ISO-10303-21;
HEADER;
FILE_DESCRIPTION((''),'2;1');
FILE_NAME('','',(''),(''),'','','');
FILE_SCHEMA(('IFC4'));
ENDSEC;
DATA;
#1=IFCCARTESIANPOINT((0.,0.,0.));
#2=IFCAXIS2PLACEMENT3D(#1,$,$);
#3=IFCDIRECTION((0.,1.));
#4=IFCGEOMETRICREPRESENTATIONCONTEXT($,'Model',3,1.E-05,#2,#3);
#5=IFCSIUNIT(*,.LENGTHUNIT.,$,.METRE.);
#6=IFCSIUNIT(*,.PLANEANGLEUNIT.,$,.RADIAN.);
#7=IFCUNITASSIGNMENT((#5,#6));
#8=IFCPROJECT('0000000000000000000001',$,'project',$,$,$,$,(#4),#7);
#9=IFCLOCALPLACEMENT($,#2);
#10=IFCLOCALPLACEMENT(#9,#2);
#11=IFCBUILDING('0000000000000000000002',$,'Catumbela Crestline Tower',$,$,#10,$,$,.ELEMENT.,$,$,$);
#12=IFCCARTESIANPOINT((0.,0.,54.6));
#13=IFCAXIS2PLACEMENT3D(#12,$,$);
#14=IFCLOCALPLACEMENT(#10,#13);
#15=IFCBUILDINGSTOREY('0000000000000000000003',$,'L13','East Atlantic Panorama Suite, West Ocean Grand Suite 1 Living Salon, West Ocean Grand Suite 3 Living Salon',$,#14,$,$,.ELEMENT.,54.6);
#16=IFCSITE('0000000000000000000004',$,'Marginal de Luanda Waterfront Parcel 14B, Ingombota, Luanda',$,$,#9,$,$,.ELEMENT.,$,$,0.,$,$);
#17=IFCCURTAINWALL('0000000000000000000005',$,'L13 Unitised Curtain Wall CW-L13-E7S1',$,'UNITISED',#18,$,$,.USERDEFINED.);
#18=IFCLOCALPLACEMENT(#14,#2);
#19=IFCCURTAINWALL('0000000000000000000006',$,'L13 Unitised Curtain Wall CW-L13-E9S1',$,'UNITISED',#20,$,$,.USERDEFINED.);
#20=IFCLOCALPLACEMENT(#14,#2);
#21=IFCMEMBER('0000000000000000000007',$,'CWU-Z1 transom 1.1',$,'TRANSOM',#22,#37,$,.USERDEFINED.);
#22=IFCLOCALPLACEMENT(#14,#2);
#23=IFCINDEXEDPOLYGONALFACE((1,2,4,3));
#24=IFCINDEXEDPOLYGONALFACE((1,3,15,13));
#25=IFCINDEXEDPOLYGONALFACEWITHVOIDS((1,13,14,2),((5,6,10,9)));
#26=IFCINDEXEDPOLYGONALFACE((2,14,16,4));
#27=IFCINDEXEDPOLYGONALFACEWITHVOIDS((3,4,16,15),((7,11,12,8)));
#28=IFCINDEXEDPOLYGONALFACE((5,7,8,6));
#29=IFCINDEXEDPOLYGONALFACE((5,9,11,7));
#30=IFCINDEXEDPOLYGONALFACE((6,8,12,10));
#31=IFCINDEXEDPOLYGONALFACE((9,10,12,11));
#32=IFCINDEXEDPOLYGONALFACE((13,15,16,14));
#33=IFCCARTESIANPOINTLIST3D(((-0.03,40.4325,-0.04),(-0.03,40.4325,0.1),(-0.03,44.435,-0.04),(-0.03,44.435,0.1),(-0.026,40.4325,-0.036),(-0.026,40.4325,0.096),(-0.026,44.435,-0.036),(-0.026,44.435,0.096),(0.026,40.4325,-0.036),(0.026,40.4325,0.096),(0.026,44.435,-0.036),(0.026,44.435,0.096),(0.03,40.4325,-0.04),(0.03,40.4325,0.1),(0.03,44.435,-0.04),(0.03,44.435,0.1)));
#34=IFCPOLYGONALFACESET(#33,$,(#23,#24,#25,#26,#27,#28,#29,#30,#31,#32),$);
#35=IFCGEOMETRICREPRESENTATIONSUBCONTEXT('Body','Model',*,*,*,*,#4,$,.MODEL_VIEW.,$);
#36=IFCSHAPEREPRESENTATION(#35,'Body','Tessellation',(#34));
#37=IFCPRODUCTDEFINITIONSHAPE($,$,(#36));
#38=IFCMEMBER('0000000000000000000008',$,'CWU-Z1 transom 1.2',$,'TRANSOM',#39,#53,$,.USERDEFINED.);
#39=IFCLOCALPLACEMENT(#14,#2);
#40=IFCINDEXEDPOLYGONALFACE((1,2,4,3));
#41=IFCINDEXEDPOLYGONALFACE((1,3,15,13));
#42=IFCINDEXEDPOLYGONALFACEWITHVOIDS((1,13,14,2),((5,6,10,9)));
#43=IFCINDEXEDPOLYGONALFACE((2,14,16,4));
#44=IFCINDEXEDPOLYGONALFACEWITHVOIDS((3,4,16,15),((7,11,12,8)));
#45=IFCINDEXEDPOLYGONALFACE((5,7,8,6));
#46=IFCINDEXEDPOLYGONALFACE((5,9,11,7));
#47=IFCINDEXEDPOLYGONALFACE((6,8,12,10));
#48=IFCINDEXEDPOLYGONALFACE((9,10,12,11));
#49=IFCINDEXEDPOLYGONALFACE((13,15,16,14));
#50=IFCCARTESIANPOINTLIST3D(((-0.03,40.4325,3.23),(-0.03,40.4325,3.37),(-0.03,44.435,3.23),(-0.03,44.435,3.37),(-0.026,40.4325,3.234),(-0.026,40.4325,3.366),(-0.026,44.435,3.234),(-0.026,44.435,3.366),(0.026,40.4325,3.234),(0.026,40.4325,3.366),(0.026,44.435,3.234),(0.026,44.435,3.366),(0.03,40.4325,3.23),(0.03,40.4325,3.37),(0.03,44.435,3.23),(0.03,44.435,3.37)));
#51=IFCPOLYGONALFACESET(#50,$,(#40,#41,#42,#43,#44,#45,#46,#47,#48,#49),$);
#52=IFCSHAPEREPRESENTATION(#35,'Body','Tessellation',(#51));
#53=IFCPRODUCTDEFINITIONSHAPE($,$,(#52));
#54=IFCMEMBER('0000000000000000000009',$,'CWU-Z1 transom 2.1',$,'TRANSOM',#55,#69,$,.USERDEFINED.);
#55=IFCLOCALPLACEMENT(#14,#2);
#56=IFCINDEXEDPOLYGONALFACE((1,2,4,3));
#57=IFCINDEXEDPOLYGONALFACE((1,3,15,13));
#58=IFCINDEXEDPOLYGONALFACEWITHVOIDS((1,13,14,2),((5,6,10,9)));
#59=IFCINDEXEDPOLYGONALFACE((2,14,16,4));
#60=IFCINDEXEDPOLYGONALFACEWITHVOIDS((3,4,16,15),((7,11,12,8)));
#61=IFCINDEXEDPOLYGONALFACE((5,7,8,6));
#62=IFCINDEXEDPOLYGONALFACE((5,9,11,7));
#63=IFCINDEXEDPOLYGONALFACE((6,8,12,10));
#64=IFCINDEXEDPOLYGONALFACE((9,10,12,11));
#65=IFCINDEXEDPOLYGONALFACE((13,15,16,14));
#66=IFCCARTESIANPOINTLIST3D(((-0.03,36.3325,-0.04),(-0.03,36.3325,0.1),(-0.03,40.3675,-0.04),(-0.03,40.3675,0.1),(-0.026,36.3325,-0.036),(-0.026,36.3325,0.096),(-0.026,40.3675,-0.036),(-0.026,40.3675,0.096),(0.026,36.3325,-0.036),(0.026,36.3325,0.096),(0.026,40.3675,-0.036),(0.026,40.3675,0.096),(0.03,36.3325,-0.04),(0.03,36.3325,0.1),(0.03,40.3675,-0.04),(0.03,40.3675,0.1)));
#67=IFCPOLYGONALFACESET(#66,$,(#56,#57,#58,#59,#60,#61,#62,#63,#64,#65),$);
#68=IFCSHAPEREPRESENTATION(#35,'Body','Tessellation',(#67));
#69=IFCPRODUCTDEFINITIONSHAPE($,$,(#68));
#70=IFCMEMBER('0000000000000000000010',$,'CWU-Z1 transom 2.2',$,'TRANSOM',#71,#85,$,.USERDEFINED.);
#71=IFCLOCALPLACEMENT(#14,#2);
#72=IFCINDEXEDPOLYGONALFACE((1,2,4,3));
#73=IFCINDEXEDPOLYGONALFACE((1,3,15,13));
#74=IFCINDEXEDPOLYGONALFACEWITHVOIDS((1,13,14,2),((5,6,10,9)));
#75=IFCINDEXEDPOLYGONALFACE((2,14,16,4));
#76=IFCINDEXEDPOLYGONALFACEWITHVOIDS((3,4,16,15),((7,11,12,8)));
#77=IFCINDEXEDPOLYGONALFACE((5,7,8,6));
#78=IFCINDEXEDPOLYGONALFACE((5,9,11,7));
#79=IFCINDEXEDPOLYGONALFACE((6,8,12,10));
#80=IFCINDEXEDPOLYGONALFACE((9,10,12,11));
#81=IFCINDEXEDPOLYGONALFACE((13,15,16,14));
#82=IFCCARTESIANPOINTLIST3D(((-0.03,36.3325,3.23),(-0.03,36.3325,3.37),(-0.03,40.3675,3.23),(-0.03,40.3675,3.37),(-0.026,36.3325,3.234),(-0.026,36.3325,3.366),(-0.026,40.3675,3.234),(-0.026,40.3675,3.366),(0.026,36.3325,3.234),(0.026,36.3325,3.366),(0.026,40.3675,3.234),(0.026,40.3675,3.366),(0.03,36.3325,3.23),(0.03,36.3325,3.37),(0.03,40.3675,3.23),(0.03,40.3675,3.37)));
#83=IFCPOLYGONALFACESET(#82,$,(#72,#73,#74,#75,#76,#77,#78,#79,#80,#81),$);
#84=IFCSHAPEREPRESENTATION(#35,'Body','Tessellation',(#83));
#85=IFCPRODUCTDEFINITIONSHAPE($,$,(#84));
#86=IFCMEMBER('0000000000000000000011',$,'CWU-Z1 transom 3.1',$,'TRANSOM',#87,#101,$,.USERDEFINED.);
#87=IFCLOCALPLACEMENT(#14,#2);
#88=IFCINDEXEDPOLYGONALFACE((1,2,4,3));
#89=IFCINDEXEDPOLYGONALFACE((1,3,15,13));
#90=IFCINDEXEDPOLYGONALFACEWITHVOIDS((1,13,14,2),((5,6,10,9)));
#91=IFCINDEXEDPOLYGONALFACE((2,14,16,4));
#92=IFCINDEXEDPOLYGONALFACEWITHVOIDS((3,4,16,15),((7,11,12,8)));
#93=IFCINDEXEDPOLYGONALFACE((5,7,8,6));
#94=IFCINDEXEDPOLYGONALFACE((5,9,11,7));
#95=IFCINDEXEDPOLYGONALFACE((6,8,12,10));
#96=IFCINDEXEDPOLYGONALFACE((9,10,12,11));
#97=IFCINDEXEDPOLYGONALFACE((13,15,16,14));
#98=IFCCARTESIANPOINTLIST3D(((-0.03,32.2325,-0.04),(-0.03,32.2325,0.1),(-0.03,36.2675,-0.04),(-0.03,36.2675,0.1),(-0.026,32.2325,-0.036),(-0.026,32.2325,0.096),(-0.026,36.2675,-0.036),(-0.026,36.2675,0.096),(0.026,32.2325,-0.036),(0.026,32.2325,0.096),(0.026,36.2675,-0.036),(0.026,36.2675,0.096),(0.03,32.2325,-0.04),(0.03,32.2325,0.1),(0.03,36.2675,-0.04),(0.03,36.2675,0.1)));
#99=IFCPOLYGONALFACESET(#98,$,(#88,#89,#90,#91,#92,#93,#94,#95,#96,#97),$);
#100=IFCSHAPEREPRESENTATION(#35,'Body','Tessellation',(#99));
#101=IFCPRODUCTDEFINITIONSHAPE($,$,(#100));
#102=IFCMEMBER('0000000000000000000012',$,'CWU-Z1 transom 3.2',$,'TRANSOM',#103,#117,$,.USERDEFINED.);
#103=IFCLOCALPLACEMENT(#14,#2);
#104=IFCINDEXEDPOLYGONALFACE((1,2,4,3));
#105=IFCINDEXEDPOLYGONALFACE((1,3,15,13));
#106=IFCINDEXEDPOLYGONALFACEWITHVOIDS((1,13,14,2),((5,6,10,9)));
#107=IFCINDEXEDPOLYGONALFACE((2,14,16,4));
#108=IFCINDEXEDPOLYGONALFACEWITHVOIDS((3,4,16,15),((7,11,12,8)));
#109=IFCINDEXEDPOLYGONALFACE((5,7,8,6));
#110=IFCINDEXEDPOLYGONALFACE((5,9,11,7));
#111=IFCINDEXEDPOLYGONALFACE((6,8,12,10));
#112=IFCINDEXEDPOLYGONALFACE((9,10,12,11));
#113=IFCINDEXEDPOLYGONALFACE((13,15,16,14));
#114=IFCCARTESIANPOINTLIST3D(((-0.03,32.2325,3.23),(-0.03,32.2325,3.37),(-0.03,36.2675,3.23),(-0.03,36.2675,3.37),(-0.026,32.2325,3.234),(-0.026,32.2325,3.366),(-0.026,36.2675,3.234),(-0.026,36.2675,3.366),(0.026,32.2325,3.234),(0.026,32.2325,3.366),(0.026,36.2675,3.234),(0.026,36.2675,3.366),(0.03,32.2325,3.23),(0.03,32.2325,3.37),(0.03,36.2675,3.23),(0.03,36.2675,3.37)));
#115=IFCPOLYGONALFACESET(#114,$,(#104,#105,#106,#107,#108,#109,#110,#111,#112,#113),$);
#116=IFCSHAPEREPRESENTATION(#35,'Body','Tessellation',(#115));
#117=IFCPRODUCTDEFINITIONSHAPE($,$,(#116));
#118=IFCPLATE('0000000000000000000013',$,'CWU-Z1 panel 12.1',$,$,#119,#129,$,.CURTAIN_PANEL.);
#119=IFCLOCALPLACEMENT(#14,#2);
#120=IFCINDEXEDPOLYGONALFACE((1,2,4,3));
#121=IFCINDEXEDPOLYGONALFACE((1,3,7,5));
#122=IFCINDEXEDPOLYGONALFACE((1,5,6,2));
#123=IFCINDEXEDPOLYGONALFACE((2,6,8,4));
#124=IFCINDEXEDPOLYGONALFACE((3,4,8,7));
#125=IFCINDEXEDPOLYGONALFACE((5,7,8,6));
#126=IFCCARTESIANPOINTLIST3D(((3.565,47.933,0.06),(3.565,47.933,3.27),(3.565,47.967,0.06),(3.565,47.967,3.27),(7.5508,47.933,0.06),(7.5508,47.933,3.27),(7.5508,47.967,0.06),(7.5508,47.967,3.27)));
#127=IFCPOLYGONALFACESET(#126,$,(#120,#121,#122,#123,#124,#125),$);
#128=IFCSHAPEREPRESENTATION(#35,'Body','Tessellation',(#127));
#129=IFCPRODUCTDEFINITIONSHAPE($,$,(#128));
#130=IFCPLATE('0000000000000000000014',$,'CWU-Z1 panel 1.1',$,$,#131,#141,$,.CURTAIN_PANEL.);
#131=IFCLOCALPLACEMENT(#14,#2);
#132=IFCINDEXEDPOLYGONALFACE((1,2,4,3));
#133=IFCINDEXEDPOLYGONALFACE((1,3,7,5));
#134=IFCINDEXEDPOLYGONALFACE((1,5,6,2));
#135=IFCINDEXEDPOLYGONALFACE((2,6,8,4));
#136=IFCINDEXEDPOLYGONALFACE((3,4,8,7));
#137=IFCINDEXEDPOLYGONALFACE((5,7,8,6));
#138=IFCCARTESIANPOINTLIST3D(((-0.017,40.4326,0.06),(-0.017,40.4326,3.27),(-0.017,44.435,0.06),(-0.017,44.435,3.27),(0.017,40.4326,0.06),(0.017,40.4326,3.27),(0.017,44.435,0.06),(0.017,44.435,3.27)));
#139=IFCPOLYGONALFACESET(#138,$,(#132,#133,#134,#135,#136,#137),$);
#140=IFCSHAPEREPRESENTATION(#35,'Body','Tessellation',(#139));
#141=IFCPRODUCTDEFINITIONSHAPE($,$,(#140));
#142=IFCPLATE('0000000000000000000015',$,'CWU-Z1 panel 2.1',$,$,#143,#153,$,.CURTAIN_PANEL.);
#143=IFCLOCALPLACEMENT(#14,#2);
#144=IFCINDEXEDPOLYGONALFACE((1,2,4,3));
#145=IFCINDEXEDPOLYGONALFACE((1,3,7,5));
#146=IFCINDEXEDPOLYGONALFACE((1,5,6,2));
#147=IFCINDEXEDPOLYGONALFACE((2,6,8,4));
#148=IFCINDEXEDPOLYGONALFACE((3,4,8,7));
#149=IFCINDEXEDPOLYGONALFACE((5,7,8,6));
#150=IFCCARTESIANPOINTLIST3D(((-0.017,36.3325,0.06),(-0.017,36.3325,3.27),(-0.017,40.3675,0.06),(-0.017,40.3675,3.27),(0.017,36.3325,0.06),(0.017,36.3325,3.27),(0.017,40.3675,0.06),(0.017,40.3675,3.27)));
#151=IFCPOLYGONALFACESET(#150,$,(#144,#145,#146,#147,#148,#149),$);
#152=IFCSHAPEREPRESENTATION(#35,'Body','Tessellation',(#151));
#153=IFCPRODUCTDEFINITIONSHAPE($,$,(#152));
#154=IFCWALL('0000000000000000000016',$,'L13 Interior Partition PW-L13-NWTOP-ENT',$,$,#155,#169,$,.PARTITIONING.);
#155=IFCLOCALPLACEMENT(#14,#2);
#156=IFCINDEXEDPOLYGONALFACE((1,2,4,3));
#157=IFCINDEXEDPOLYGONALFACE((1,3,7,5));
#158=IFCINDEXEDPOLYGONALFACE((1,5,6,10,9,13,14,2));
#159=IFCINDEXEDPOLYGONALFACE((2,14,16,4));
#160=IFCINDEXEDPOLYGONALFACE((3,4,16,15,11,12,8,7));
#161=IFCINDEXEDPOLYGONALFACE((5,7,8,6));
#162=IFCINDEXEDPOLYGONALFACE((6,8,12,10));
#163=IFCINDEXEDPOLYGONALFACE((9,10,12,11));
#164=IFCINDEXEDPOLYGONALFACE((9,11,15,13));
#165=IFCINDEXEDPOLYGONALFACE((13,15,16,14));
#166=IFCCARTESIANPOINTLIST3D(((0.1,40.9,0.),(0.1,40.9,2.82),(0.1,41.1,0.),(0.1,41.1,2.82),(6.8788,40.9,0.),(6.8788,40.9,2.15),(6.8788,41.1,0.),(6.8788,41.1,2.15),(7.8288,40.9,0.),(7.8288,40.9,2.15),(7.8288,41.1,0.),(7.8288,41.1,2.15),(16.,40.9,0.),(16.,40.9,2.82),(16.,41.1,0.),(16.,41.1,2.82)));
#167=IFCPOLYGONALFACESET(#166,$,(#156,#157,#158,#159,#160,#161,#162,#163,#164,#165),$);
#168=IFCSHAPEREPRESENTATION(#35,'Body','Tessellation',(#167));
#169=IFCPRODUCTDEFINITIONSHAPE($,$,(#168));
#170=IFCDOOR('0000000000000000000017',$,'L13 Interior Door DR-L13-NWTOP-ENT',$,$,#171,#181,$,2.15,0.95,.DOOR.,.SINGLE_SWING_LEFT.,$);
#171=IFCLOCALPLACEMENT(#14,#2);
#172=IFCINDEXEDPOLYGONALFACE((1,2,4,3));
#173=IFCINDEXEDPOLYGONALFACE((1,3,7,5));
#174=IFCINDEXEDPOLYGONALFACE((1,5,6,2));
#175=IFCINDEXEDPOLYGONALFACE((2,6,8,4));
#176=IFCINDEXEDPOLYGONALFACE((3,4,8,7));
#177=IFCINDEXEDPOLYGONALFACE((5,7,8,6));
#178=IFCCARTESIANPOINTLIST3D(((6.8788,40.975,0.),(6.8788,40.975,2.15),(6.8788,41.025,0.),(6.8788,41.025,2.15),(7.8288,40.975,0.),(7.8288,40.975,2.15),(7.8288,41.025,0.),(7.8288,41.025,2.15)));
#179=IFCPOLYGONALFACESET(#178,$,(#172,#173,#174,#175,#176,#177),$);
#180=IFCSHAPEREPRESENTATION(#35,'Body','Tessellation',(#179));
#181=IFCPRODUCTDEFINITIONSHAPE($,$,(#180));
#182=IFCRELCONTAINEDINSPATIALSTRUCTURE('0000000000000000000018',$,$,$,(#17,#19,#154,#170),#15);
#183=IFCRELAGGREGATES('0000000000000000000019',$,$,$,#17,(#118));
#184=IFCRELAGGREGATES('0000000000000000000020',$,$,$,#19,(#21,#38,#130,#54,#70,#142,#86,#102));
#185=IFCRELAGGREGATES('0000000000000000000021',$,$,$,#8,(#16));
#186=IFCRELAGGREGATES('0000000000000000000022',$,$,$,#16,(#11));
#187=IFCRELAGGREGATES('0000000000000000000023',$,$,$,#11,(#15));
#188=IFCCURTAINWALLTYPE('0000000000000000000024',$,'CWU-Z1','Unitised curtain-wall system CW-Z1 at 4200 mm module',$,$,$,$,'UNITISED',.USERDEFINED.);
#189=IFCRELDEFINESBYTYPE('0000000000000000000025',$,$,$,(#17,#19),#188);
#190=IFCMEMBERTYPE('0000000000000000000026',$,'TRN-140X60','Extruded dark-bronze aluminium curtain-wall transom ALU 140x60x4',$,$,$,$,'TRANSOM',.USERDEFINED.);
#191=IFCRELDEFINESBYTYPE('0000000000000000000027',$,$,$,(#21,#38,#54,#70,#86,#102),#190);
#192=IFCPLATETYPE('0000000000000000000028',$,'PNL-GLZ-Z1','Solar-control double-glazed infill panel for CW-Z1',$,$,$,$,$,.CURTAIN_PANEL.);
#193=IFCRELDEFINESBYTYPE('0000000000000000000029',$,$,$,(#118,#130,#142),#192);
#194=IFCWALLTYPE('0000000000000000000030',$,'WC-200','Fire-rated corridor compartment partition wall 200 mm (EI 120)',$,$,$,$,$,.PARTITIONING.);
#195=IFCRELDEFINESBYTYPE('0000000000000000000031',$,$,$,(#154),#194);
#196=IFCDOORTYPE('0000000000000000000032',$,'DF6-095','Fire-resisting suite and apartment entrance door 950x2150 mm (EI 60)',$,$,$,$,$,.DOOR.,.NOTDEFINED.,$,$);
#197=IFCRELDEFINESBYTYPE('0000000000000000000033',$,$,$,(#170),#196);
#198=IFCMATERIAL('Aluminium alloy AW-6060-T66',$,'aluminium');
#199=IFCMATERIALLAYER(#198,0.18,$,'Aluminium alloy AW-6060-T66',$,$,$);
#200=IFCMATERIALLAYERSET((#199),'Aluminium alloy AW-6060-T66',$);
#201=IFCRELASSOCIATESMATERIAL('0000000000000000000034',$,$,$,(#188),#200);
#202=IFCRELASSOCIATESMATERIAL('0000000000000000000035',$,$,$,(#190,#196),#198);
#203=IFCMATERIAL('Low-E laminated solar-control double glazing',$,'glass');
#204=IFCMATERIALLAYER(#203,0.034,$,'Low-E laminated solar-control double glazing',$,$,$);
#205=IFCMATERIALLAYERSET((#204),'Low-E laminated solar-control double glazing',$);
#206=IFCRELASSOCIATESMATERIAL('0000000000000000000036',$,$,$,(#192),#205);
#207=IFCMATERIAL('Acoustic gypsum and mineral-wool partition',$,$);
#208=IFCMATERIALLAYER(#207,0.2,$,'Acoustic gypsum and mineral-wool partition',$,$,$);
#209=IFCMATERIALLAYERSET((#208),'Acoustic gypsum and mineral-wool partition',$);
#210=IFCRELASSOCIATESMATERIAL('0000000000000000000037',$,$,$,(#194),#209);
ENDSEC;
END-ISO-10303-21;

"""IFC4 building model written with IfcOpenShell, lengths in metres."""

from ifc_helpers import new_model, si_unit, direction, frame, frame_2d, origin, origin_2d, place, context, subcontext, project, spatial, rectangle, hollow_rectangle, extrude, material, layer, layer_set, material_profile, profile_set, type_object, element, fill, aggregate, save


model = new_model("IFC4")

# Units and contexts
model_context = context("Model", 3, precision=1e-05, world=origin(), true_north=direction((0.0, 1.0)))
body_context = subcontext(model_context, "Body", "Model", "MODEL_VIEW")
ifc_project = project(units=[si_unit("LENGTHUNIT", "METRE"), si_unit("PLANEANGLEUNIT", "RADIAN")], contexts=[model_context])

# Site, building, storey
site_placement = place(None, origin())
site = spatial("IfcSite", under=ifc_project, at=site_placement, Name="Marginal de Luanda Waterfront Parcel 14B, Ingombota, Luanda", CompositionType="ELEMENT", RefElevation=0.0)
building_placement = place(site_placement, origin())
building = spatial("IfcBuilding", under=site, at=building_placement, Name="Catumbela Crestline Tower", CompositionType="ELEMENT")
storey_placement = place(building_placement, frame((0.0, 0.0, 54.6)))
storey = spatial("IfcBuildingStorey", under=building, at=storey_placement, Name="L13", Description="East Atlantic Panorama Suite, West Ocean Grand Suite 1 Living Salon, West Ocean Grand Suite 3 Living Salon", CompositionType="ELEMENT", Elevation=54.6)

# Curtain walls
ifc_material_1 = material(Name="Aluminium alloy AW-6060-T66", Category="aluminium")
ifc_layer_1 = layer(ifc_material_1, 0.18, Name="Aluminium alloy AW-6060-T66")
ifc_layer_set_1 = layer_set([ifc_layer_1], Name="Aluminium alloy AW-6060-T66")
curtain_wall_type = type_object("IfcCurtainWallType", Name="CWU-Z1", Description="Unitised curtain-wall system CW-Z1 at 4200 mm module", ElementType="UNITISED", PredefinedType="USERDEFINED", material=ifc_layer_set_1)
curtain_wall_1_placement = place(storey_placement, origin())
curtain_wall_1 = element("IfcCurtainWall", 1, at=curtain_wall_1_placement, inside=storey, type_object=curtain_wall_type, Name="L13 Unitised Curtain Wall CW-L13-E7S1", ObjectType="UNITISED", PredefinedType="USERDEFINED")
curtain_wall_2_placement = place(storey_placement, origin())
curtain_wall_2 = element("IfcCurtainWall", 2, at=curtain_wall_2_placement, inside=storey, type_object=curtain_wall_type, Name="L13 Unitised Curtain Wall CW-L13-E9S1", ObjectType="UNITISED", PredefinedType="USERDEFINED")

# Members
ifc_material_profile_1 = material_profile(ifc_material_1, hollow_rectangle(XDim=0.06, YDim=0.14, WallThickness=0.004, at=origin_2d()), Name="ALU 140x60x4")
ifc_profile_set_1 = profile_set([ifc_material_profile_1], Name="Aluminium alloy AW-6060-T66")
member_type_1 = type_object("IfcMemberType", Name="TRN-140X60", Description="Extruded dark-bronze aluminium curtain-wall transom ALU 140x60x4", ElementType="TRANSOM", PredefinedType="USERDEFINED", material=ifc_profile_set_1)
member_1_placement = place(storey_placement, frame((0.0, 44.435, 0.03), z_axis=(0.0, -1.0, 0.0), x_axis=(1.0, 0.0, 0.0)))
member_1 = element("IfcMember", 3, at=member_1_placement, type_object=member_type_1, Name="CWU-Z1 transom 1.1", ObjectType="TRANSOM", PredefinedType="USERDEFINED", context=body_context, shape_type="SweptSolid", body=[
    extrude(hollow_rectangle(XDim=0.06, YDim=0.14, WallThickness=0.004, at=origin_2d()), origin(), (0.0, 0.0, 1.0), 4.0025),
])
member_2_placement = place(storey_placement, frame((0.0, 44.435, 3.3), z_axis=(0.0, -1.0, 0.0), x_axis=(1.0, 0.0, 0.0)))
member_2 = element("IfcMember", 4, at=member_2_placement, type_object=member_type_1, Name="CWU-Z1 transom 1.2", ObjectType="TRANSOM", PredefinedType="USERDEFINED", context=body_context, shape_type="SweptSolid", body=[
    extrude(hollow_rectangle(XDim=0.06, YDim=0.14, WallThickness=0.004, at=origin_2d()), origin(), (0.0, 0.0, 1.0), 4.0025),
])
member_3_placement = place(storey_placement, frame((0.0, 40.3675, 0.03), z_axis=(0.0, -1.0, 0.0), x_axis=(1.0, 0.0, 0.0)))
member_3 = element("IfcMember", 5, at=member_3_placement, type_object=member_type_1, Name="CWU-Z1 transom 2.1", ObjectType="TRANSOM", PredefinedType="USERDEFINED", context=body_context, shape_type="SweptSolid", body=[
    extrude(hollow_rectangle(XDim=0.06, YDim=0.14, WallThickness=0.004, at=origin_2d()), origin(), (0.0, 0.0, 1.0), 4.035),
])
member_4_placement = place(storey_placement, frame((0.0, 40.3675, 3.3), z_axis=(0.0, -1.0, 0.0), x_axis=(1.0, 0.0, 0.0)))
member_4 = element("IfcMember", 6, at=member_4_placement, type_object=member_type_1, Name="CWU-Z1 transom 2.2", ObjectType="TRANSOM", PredefinedType="USERDEFINED", context=body_context, shape_type="SweptSolid", body=[
    extrude(hollow_rectangle(XDim=0.06, YDim=0.14, WallThickness=0.004, at=origin_2d()), origin(), (0.0, 0.0, 1.0), 4.035),
])
member_5_placement = place(storey_placement, frame((0.0, 36.2675, 0.03), z_axis=(0.0, -1.0, 0.0), x_axis=(1.0, 0.0, 0.0)))
member_5 = element("IfcMember", 7, at=member_5_placement, type_object=member_type_1, Name="CWU-Z1 transom 3.1", ObjectType="TRANSOM", PredefinedType="USERDEFINED", context=body_context, shape_type="SweptSolid", body=[
    extrude(hollow_rectangle(XDim=0.06, YDim=0.14, WallThickness=0.004, at=origin_2d()), origin(), (0.0, 0.0, 1.0), 4.035),
])
member_6_placement = place(storey_placement, frame((0.0, 36.2675, 3.3), z_axis=(0.0, -1.0, 0.0), x_axis=(1.0, 0.0, 0.0)))
member_6 = element("IfcMember", 8, at=member_6_placement, type_object=member_type_1, Name="CWU-Z1 transom 3.2", ObjectType="TRANSOM", PredefinedType="USERDEFINED", context=body_context, shape_type="SweptSolid", body=[
    extrude(hollow_rectangle(XDim=0.06, YDim=0.14, WallThickness=0.004, at=origin_2d()), origin(), (0.0, 0.0, 1.0), 4.035),
])

# Plates
ifc_material_2 = material(Name="Low-E laminated solar-control double glazing", Category="glass")
ifc_layer_2 = layer(ifc_material_2, 0.034, Name="Low-E laminated solar-control double glazing")
ifc_layer_set_2 = layer_set([ifc_layer_2], Name="Low-E laminated solar-control double glazing")
plate_type = type_object("IfcPlateType", Name="PNL-GLZ-Z1", Description="Solar-control double-glazed infill panel for CW-Z1", PredefinedType="CURTAIN_PANEL", material=ifc_layer_set_2)
plate_1_placement = place(storey_placement, frame((5.5579, 47.95, 0.06), z_axis=(0.0, 0.0, 1.0), x_axis=(-1.0, 0.0, 0.0)))
plate_1 = element("IfcPlate", 9, at=plate_1_placement, type_object=plate_type, Name="CWU-Z1 panel 12.1", PredefinedType="CURTAIN_PANEL", context=body_context, shape_type="SweptSolid", body=[
    extrude(rectangle(XDim=3.9858, YDim=0.034, at=origin_2d()), origin(), (0.0, 0.0, 1.0), 3.21),
])
aggregate(curtain_wall_1, [plate_1])
plate_2_placement = place(storey_placement, frame((0.0, 42.4338, 0.06), z_axis=(0.0, 0.0, 1.0), x_axis=(0.0, -1.0, 0.0)))
plate_2 = element("IfcPlate", 10, at=plate_2_placement, type_object=plate_type, Name="CWU-Z1 panel 1.1", PredefinedType="CURTAIN_PANEL", context=body_context, shape_type="SweptSolid", body=[
    extrude(rectangle(XDim=4.0025, YDim=0.034, at=origin_2d()), origin(), (0.0, 0.0, 1.0), 3.21),
])
plate_3_placement = place(storey_placement, frame((0.0, 38.35, 0.06), z_axis=(0.0, 0.0, 1.0), x_axis=(0.0, -1.0, 0.0)))
plate_3 = element("IfcPlate", 11, at=plate_3_placement, type_object=plate_type, Name="CWU-Z1 panel 2.1", PredefinedType="CURTAIN_PANEL", context=body_context, shape_type="SweptSolid", body=[
    extrude(rectangle(XDim=4.035, YDim=0.034, at=origin_2d()), origin(), (0.0, 0.0, 1.0), 3.21),
])
aggregate(curtain_wall_2, [member_1, member_2, plate_2, member_3, member_4, plate_3, member_5, member_6])

# Wall, opening, door
ifc_material_3 = material(Name="Acoustic gypsum and mineral-wool partition")
ifc_layer_3 = layer(ifc_material_3, 0.2, Name="Acoustic gypsum and mineral-wool partition")
ifc_layer_set_3 = layer_set([ifc_layer_3], Name="Acoustic gypsum and mineral-wool partition")
wall_type_1 = type_object("IfcWallType", Name="WC-200", Description="Fire-rated corridor compartment partition wall 200 mm (EI 120)", PredefinedType="PARTITIONING", material=ifc_layer_set_3)
wall_1_placement = place(storey_placement, frame((0.1, 41.0, 0.0), z_axis=(0.0, 0.0, 1.0), x_axis=(1.0, 0.0, 0.0)))
wall_1 = element("IfcWall", 12, at=wall_1_placement, inside=storey, type_object=wall_type_1, Name="L13 Interior Partition PW-L13-NWTOP-ENT", PredefinedType="PARTITIONING", context=body_context, shape_type="SweptSolid", body=[
    extrude(rectangle(XDim=15.9, YDim=0.2, at=frame_2d((7.95, 0.0))), origin(), (0.0, 0.0, 1.0), 2.82),
])
opening_1_placement = place(wall_1_placement, frame((6.7788, 0.0, 0.0)))
opening_1 = element("IfcOpeningElement", 13, at=opening_1_placement, cuts=wall_1, PredefinedType="OPENING", context=body_context, shape_type="SweptSolid", body=[
    extrude(rectangle(XDim=0.95, YDim=2.15, at=frame_2d((0.475, 1.075))), frame((0.0, 0.11, 0.0), z_axis=(0.0, -1.0, 0.0), x_axis=(1.0, 0.0, 0.0)), (0.0, 0.0, 1.0), 0.22),
])
door_type = type_object("IfcDoorType", Name="DF6-095", Description="Fire-resisting suite and apartment entrance door 950x2150 mm (EI 60)", OperationType="NOTDEFINED", PredefinedType="DOOR", material=ifc_material_1)
door_placement = place(opening_1_placement, origin())
door = element("IfcDoor", 14, at=door_placement, inside=storey, type_object=door_type, Name="L13 Interior Door DR-L13-NWTOP-ENT", OperationType="SINGLE_SWING_LEFT", OverallHeight=2.15, OverallWidth=0.95, PredefinedType="DOOR", context=body_context, shape_type="SweptSolid", body=[
    extrude(rectangle(XDim=0.95, YDim=2.15, at=frame_2d((0.475, 1.075))), frame((0.0, 0.025, 0.0), z_axis=(0.0, -1.0, 0.0), x_axis=(1.0, 0.0, 0.0)), (0.0, 0.0, 1.0), 0.05),
])
fill(opening_1, door)

save(model, "model.ifc")
